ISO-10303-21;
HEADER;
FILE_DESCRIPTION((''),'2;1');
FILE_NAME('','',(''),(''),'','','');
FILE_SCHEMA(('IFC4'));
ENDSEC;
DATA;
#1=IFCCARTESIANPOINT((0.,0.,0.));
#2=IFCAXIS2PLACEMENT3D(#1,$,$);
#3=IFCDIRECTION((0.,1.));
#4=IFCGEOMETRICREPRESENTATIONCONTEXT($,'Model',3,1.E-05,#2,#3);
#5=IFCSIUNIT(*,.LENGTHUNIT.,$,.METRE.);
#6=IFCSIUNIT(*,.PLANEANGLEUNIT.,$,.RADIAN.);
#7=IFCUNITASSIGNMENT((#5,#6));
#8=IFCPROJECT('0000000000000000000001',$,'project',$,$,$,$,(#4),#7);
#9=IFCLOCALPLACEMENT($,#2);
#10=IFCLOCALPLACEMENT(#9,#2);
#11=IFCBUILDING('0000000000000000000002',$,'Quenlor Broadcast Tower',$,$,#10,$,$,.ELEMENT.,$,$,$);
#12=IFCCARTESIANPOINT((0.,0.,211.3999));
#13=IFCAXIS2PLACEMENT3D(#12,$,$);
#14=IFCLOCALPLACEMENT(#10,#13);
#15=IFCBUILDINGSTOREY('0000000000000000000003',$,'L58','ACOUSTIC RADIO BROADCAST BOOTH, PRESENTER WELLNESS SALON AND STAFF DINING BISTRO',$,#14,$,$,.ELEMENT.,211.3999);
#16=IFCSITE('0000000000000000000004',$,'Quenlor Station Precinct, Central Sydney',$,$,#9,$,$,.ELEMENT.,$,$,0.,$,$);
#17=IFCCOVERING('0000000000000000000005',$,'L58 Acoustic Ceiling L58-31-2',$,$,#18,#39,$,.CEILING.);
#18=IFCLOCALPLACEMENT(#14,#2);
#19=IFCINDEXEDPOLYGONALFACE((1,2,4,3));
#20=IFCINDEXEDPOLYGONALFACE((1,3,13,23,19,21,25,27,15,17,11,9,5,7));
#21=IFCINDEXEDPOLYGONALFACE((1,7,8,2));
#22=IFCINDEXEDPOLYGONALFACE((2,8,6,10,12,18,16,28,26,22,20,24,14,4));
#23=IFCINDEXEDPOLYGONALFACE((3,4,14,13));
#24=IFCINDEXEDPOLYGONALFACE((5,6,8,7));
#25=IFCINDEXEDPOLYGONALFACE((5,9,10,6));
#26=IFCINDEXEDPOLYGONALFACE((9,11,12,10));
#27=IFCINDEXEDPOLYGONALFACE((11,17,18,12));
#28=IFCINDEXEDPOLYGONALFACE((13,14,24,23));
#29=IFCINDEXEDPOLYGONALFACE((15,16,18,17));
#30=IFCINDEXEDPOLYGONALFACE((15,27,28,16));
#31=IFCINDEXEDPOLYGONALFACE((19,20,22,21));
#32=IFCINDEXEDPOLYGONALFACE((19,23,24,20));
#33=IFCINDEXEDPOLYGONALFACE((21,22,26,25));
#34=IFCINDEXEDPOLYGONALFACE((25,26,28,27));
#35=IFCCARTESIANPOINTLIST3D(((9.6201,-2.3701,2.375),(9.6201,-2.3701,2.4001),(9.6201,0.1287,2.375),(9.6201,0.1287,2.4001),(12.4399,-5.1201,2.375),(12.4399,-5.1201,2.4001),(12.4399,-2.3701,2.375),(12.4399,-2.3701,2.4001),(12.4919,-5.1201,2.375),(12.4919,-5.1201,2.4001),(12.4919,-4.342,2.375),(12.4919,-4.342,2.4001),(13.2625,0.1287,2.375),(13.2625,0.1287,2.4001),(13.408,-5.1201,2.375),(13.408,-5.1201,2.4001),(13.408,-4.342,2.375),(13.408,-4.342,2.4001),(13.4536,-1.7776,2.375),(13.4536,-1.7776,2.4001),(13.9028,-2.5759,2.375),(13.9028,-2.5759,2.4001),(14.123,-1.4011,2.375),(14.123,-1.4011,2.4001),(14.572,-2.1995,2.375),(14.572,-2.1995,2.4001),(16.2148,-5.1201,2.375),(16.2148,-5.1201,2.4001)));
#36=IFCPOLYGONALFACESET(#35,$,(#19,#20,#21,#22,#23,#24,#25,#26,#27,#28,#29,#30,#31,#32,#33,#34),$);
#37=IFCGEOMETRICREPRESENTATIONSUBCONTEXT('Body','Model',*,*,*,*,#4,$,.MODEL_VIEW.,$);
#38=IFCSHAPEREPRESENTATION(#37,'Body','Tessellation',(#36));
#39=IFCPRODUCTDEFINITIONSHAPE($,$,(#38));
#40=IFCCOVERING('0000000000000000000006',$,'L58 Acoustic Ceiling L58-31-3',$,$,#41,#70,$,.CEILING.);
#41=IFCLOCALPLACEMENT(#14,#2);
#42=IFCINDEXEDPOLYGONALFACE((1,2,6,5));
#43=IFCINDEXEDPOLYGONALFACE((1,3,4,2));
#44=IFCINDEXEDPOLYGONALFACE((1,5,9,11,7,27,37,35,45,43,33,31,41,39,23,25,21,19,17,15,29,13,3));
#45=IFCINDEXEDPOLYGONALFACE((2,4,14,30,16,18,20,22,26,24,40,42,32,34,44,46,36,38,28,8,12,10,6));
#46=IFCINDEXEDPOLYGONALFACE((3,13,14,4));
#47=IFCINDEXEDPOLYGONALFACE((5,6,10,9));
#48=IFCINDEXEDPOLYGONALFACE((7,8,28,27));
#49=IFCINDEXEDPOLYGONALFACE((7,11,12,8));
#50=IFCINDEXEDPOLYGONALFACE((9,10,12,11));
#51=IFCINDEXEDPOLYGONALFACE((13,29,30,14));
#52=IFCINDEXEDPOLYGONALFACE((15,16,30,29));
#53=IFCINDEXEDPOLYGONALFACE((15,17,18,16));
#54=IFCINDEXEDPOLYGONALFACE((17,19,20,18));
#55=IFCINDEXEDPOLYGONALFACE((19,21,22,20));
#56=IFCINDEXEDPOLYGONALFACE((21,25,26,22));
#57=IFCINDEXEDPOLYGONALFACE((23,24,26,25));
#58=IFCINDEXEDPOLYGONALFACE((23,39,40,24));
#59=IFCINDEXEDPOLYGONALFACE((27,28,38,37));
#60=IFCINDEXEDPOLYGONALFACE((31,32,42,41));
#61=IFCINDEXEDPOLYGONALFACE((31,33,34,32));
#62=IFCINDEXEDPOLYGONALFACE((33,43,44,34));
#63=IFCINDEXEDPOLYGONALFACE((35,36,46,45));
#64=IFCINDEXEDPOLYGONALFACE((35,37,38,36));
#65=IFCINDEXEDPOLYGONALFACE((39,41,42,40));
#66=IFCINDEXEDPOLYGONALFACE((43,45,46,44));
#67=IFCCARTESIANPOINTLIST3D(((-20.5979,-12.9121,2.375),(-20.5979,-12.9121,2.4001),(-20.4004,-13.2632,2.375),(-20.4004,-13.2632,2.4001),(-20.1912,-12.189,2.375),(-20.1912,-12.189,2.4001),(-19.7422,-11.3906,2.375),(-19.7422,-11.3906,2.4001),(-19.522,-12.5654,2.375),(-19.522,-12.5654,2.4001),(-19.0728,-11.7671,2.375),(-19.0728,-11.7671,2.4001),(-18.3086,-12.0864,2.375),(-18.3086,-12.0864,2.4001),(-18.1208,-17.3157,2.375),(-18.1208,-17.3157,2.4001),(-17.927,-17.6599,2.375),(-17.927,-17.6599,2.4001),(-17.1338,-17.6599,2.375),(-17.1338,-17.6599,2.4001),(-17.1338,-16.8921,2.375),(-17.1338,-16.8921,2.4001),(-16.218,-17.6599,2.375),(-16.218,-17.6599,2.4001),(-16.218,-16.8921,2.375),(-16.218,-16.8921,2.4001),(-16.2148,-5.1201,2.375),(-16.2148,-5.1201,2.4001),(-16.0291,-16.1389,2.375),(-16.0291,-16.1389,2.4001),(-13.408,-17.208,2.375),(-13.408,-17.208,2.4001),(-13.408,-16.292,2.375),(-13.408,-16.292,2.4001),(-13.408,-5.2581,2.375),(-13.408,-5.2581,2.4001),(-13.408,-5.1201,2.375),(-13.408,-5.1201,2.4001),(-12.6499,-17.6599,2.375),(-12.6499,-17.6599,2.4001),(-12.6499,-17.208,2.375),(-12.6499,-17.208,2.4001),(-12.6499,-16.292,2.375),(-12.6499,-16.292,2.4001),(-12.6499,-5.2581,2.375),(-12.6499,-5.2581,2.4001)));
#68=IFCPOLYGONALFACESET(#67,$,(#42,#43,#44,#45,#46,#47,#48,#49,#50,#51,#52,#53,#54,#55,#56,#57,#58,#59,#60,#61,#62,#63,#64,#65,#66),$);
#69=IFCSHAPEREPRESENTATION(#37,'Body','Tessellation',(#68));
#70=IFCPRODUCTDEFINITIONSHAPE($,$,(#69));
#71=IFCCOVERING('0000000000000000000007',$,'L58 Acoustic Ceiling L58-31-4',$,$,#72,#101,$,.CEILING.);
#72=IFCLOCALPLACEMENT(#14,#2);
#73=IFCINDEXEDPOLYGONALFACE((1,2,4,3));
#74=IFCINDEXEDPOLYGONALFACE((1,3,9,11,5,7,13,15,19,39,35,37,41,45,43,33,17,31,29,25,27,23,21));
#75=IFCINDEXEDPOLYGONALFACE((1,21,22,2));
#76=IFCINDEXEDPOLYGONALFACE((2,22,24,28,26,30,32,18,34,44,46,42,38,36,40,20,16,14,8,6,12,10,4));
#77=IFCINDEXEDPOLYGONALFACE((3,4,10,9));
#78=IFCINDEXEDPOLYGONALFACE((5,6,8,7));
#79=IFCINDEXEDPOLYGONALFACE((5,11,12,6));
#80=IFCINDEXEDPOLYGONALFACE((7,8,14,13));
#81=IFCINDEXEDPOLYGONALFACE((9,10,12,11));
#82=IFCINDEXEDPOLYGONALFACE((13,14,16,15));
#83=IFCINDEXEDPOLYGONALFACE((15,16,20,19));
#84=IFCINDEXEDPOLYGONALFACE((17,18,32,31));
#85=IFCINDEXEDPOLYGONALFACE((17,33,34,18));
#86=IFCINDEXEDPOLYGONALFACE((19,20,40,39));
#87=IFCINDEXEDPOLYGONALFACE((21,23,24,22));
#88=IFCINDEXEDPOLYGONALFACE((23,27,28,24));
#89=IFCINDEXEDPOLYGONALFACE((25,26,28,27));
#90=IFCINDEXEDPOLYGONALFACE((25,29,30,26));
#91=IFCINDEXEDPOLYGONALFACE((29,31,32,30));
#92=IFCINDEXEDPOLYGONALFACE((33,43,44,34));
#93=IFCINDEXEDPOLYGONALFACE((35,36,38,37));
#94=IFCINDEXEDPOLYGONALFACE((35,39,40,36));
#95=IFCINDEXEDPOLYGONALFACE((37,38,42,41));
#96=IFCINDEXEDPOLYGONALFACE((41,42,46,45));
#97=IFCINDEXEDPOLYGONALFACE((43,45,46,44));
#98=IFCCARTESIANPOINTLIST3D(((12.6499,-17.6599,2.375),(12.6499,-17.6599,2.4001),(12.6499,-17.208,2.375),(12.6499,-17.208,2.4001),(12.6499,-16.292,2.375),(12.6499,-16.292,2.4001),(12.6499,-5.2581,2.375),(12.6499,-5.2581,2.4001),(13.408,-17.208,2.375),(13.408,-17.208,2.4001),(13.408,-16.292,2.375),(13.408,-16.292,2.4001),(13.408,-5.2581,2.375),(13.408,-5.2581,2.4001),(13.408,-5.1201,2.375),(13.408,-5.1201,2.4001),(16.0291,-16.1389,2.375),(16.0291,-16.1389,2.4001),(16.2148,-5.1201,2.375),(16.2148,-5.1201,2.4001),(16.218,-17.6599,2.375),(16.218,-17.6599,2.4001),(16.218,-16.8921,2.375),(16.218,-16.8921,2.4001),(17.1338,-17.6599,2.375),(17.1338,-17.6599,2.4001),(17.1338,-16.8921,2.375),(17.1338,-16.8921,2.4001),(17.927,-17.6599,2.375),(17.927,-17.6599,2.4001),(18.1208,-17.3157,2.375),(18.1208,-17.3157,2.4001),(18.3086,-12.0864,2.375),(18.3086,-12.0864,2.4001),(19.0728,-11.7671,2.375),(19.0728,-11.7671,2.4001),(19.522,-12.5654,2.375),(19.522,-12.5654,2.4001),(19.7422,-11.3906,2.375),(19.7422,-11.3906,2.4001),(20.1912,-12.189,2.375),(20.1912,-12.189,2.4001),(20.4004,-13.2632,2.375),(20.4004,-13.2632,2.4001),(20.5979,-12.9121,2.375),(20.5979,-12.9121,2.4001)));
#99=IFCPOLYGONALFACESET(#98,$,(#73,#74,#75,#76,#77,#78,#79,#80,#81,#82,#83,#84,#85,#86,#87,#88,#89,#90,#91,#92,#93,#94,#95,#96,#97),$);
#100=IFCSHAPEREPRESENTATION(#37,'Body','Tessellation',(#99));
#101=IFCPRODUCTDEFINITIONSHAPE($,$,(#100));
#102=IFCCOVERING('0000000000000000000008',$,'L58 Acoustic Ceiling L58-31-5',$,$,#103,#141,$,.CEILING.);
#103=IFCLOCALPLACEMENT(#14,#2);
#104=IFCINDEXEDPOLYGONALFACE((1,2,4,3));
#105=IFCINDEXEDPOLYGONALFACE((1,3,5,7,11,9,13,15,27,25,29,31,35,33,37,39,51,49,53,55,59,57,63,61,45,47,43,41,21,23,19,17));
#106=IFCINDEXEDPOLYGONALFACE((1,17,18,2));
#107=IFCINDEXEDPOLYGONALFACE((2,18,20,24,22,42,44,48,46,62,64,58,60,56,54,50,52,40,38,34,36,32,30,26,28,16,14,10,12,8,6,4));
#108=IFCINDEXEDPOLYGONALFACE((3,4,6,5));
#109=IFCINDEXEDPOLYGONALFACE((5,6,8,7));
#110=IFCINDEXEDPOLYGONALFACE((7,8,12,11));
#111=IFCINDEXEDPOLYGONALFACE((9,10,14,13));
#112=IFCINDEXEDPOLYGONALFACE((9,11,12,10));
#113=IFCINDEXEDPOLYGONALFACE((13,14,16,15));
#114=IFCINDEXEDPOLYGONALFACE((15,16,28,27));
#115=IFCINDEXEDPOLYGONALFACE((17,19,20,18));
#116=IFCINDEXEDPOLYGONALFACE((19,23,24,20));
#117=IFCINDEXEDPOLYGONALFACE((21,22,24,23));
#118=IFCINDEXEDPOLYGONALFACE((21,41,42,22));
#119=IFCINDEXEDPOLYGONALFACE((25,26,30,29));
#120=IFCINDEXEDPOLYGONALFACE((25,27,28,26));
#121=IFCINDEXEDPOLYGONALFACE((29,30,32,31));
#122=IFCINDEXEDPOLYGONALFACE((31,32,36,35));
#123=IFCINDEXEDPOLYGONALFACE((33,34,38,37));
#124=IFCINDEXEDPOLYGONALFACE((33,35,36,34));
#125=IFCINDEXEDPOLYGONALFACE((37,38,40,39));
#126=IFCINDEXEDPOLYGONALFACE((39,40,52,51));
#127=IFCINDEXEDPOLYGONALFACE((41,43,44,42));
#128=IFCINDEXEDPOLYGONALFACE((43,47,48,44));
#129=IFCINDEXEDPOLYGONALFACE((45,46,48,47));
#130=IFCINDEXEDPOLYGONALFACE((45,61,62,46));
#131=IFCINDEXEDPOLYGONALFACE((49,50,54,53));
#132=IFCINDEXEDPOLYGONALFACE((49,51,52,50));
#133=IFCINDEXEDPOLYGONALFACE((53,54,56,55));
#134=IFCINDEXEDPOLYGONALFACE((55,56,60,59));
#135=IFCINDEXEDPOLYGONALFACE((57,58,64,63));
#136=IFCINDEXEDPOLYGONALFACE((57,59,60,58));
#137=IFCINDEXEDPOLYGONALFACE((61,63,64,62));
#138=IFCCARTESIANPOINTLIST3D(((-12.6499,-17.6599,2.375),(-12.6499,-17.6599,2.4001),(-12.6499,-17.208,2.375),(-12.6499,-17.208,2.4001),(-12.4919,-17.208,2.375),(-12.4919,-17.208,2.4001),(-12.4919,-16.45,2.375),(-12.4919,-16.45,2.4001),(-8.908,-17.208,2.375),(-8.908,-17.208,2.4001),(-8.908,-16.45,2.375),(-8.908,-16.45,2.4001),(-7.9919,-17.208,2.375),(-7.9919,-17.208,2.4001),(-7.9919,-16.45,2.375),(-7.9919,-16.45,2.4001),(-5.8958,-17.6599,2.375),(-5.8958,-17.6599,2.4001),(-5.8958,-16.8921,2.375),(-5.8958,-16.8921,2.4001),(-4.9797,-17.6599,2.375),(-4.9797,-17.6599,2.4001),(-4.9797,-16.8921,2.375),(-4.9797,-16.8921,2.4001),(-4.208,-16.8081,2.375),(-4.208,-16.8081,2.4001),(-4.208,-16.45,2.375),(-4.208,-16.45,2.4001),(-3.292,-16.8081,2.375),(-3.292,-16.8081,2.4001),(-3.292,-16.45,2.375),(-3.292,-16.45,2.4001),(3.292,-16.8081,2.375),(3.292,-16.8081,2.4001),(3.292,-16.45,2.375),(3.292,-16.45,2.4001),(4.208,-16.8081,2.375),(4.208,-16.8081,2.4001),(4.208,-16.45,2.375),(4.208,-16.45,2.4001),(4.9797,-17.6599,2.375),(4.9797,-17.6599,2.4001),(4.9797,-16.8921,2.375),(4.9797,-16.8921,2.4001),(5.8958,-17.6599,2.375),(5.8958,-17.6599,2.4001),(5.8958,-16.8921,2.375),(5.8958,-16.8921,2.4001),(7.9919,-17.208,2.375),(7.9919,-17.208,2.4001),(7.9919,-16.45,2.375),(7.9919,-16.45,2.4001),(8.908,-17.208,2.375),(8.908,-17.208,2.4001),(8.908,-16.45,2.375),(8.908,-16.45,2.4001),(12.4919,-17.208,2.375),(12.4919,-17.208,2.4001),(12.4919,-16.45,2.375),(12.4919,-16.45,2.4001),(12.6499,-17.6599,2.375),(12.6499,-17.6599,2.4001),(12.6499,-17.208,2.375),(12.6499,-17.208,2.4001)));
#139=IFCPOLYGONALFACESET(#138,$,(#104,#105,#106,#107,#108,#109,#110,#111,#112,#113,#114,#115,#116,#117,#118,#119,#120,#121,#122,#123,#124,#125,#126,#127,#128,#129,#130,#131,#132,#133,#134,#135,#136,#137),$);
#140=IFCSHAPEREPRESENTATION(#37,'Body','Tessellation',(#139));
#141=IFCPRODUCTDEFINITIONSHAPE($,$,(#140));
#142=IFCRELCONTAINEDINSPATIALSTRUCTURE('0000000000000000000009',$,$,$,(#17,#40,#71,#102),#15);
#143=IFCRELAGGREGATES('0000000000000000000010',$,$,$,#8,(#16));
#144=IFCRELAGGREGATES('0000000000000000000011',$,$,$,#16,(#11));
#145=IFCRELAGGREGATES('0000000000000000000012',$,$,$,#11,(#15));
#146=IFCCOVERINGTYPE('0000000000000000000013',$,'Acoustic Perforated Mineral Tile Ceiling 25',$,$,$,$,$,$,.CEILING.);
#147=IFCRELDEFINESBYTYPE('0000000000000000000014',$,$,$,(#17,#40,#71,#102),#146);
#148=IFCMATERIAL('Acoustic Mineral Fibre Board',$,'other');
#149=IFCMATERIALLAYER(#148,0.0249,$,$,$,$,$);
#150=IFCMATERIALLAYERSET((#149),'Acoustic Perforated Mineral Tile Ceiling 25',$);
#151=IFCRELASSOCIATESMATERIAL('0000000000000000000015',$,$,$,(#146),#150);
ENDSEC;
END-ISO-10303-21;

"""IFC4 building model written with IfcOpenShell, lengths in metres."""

from ifc_helpers import new_model, si_unit, direction, frame, origin, place, context, subcontext, project, spatial, polyline, outline, extrude, material, layer, layer_set, type_object, element, save


model = new_model("IFC4")

# Units and contexts
model_context = context("Model", 3, precision=1e-05, world=origin(), true_north=direction((0.0, 1.0)))
body_context = subcontext(model_context, "Body", "Model", "MODEL_VIEW")
ifc_project = project(units=[si_unit("LENGTHUNIT", "METRE"), si_unit("PLANEANGLEUNIT", "RADIAN")], contexts=[model_context])

# Site, building, storey
site_placement = place(None, origin())
site = spatial("IfcSite", under=ifc_project, at=site_placement, Name="Quenlor Station Precinct, Central Sydney", CompositionType="ELEMENT", RefElevation=0.0)
building_placement = place(site_placement, origin())
building = spatial("IfcBuilding", under=site, at=building_placement, Name="Quenlor Broadcast Tower", CompositionType="ELEMENT")
storey_placement = place(building_placement, frame((0.0, 0.0, 211.3999)))
storey = spatial("IfcBuildingStorey", under=building, at=storey_placement, Name="L58", Description="ACOUSTIC RADIO BROADCAST BOOTH, PRESENTER WELLNESS SALON AND STAFF DINING BISTRO", CompositionType="ELEMENT", Elevation=211.3999)

# Coverings
ifc_material_1 = material(Name="Acoustic Mineral Fibre Board", Category="other")
ifc_layer_1 = layer(ifc_material_1, 0.0249)
ifc_layer_set_1 = layer_set([ifc_layer_1], Name="Acoustic Perforated Mineral Tile Ceiling 25")
covering_type = type_object("IfcCoveringType", Name="Acoustic Perforated Mineral Tile Ceiling 25", PredefinedType="CEILING", material=ifc_layer_set_1)
covering_1_placement = place(storey_placement, frame((0.0, 0.0, 2.375)))
element("IfcCovering", 1, at=covering_1_placement, inside=storey, type_object=covering_type, Name="L58 Acoustic Ceiling L58-31-2", PredefinedType="CEILING", context=body_context, shape_type="SweptSolid", body=[
    extrude(outline(polyline([(13.408, -4.342), (12.4919, -4.342), (12.4919, -5.1201), (12.4399, -5.1201), (12.4399, -2.3701), (9.6201, -2.3701), (9.6201, 0.1287), (13.2625, 0.1287), (14.123, -1.4011), (13.4536, -1.7776), (13.9028, -2.5759), (14.572, -2.1995), (16.2148, -5.1201), (13.408, -5.1201), (13.408, -4.342)])), origin(), (0.0, 0.0, 1.0), 0.0251),
])
covering_2_placement = place(storey_placement, frame((0.0, 0.0, 2.375)))
element("IfcCovering", 2, at=covering_2_placement, inside=storey, type_object=covering_type, Name="L58 Acoustic Ceiling L58-31-3", PredefinedType="CEILING", context=body_context, shape_type="SweptSolid", body=[
    extrude(outline(polyline([(-20.5979, -12.9121), (-20.1912, -12.189), (-19.522, -12.5654), (-19.0728, -11.7671), (-19.7422, -11.3906), (-16.2148, -5.1201), (-13.408, -5.1201), (-13.408, -5.2581), (-12.6499, -5.2581), (-12.6499, -16.292), (-13.408, -16.292), (-13.408, -17.208), (-12.6499, -17.208), (-12.6499, -17.6599), (-16.218, -17.6599), (-16.218, -16.8921), (-17.1338, -16.8921), (-17.1338, -17.6599), (-17.927, -17.6599), (-18.1208, -17.3157), (-16.0291, -16.1389), (-18.3086, -12.0864), (-20.4004, -13.2632), (-20.5979, -12.9121)])), origin(), (0.0, 0.0, 1.0), 0.0251),
])
covering_3_placement = place(storey_placement, frame((0.0, 0.0, 2.375)))
element("IfcCovering", 3, at=covering_3_placement, inside=storey, type_object=covering_type, Name="L58 Acoustic Ceiling L58-31-4", PredefinedType="CEILING", context=body_context, shape_type="SweptSolid", body=[
    extrude(outline(polyline([(13.408, -17.208), (13.408, -16.292), (12.6499, -16.292), (12.6499, -5.2581), (13.408, -5.2581), (13.408, -5.1201), (16.2148, -5.1201), (19.7422, -11.3906), (19.0728, -11.7671), (19.522, -12.5654), (20.1912, -12.189), (20.5979, -12.9121), (20.4004, -13.2632), (18.3086, -12.0864), (16.0291, -16.1389), (18.1208, -17.3157), (17.927, -17.6599), (17.1338, -17.6599), (17.1338, -16.8921), (16.218, -16.8921), (16.218, -17.6599), (12.6499, -17.6599), (12.6499, -17.208), (13.408, -17.208)])), origin(), (0.0, 0.0, 1.0), 0.0251),
])
covering_4_placement = place(storey_placement, frame((0.0, 0.0, 2.375)))
element("IfcCovering", 4, at=covering_4_placement, inside=storey, type_object=covering_type, Name="L58 Acoustic Ceiling L58-31-5", PredefinedType="CEILING", context=body_context, shape_type="SweptSolid", body=[
    extrude(outline(polyline([(-12.4919, -17.208), (-12.4919, -16.45), (-8.908, -16.45), (-8.908, -17.208), (-7.9919, -17.208), (-7.9919, -16.45), (-4.208, -16.45), (-4.208, -16.8081), (-3.292, -16.8081), (-3.292, -16.45), (3.292, -16.45), (3.292, -16.8081), (4.208, -16.8081), (4.208, -16.45), (7.9919, -16.45), (7.9919, -17.208), (8.908, -17.208), (8.908, -16.45), (12.4919, -16.45), (12.4919, -17.208), (12.6499, -17.208), (12.6499, -17.6599), (5.8958, -17.6599), (5.8958, -16.8921), (4.9797, -16.8921), (4.9797, -17.6599), (-4.9797, -17.6599), (-4.9797, -16.8921), (-5.8958, -16.8921), (-5.8958, -17.6599), (-12.6499, -17.6599), (-12.6499, -17.208), (-12.4919, -17.208)])), origin(), (0.0, 0.0, 1.0), 0.0251),
])

save(model, "model.ifc")
